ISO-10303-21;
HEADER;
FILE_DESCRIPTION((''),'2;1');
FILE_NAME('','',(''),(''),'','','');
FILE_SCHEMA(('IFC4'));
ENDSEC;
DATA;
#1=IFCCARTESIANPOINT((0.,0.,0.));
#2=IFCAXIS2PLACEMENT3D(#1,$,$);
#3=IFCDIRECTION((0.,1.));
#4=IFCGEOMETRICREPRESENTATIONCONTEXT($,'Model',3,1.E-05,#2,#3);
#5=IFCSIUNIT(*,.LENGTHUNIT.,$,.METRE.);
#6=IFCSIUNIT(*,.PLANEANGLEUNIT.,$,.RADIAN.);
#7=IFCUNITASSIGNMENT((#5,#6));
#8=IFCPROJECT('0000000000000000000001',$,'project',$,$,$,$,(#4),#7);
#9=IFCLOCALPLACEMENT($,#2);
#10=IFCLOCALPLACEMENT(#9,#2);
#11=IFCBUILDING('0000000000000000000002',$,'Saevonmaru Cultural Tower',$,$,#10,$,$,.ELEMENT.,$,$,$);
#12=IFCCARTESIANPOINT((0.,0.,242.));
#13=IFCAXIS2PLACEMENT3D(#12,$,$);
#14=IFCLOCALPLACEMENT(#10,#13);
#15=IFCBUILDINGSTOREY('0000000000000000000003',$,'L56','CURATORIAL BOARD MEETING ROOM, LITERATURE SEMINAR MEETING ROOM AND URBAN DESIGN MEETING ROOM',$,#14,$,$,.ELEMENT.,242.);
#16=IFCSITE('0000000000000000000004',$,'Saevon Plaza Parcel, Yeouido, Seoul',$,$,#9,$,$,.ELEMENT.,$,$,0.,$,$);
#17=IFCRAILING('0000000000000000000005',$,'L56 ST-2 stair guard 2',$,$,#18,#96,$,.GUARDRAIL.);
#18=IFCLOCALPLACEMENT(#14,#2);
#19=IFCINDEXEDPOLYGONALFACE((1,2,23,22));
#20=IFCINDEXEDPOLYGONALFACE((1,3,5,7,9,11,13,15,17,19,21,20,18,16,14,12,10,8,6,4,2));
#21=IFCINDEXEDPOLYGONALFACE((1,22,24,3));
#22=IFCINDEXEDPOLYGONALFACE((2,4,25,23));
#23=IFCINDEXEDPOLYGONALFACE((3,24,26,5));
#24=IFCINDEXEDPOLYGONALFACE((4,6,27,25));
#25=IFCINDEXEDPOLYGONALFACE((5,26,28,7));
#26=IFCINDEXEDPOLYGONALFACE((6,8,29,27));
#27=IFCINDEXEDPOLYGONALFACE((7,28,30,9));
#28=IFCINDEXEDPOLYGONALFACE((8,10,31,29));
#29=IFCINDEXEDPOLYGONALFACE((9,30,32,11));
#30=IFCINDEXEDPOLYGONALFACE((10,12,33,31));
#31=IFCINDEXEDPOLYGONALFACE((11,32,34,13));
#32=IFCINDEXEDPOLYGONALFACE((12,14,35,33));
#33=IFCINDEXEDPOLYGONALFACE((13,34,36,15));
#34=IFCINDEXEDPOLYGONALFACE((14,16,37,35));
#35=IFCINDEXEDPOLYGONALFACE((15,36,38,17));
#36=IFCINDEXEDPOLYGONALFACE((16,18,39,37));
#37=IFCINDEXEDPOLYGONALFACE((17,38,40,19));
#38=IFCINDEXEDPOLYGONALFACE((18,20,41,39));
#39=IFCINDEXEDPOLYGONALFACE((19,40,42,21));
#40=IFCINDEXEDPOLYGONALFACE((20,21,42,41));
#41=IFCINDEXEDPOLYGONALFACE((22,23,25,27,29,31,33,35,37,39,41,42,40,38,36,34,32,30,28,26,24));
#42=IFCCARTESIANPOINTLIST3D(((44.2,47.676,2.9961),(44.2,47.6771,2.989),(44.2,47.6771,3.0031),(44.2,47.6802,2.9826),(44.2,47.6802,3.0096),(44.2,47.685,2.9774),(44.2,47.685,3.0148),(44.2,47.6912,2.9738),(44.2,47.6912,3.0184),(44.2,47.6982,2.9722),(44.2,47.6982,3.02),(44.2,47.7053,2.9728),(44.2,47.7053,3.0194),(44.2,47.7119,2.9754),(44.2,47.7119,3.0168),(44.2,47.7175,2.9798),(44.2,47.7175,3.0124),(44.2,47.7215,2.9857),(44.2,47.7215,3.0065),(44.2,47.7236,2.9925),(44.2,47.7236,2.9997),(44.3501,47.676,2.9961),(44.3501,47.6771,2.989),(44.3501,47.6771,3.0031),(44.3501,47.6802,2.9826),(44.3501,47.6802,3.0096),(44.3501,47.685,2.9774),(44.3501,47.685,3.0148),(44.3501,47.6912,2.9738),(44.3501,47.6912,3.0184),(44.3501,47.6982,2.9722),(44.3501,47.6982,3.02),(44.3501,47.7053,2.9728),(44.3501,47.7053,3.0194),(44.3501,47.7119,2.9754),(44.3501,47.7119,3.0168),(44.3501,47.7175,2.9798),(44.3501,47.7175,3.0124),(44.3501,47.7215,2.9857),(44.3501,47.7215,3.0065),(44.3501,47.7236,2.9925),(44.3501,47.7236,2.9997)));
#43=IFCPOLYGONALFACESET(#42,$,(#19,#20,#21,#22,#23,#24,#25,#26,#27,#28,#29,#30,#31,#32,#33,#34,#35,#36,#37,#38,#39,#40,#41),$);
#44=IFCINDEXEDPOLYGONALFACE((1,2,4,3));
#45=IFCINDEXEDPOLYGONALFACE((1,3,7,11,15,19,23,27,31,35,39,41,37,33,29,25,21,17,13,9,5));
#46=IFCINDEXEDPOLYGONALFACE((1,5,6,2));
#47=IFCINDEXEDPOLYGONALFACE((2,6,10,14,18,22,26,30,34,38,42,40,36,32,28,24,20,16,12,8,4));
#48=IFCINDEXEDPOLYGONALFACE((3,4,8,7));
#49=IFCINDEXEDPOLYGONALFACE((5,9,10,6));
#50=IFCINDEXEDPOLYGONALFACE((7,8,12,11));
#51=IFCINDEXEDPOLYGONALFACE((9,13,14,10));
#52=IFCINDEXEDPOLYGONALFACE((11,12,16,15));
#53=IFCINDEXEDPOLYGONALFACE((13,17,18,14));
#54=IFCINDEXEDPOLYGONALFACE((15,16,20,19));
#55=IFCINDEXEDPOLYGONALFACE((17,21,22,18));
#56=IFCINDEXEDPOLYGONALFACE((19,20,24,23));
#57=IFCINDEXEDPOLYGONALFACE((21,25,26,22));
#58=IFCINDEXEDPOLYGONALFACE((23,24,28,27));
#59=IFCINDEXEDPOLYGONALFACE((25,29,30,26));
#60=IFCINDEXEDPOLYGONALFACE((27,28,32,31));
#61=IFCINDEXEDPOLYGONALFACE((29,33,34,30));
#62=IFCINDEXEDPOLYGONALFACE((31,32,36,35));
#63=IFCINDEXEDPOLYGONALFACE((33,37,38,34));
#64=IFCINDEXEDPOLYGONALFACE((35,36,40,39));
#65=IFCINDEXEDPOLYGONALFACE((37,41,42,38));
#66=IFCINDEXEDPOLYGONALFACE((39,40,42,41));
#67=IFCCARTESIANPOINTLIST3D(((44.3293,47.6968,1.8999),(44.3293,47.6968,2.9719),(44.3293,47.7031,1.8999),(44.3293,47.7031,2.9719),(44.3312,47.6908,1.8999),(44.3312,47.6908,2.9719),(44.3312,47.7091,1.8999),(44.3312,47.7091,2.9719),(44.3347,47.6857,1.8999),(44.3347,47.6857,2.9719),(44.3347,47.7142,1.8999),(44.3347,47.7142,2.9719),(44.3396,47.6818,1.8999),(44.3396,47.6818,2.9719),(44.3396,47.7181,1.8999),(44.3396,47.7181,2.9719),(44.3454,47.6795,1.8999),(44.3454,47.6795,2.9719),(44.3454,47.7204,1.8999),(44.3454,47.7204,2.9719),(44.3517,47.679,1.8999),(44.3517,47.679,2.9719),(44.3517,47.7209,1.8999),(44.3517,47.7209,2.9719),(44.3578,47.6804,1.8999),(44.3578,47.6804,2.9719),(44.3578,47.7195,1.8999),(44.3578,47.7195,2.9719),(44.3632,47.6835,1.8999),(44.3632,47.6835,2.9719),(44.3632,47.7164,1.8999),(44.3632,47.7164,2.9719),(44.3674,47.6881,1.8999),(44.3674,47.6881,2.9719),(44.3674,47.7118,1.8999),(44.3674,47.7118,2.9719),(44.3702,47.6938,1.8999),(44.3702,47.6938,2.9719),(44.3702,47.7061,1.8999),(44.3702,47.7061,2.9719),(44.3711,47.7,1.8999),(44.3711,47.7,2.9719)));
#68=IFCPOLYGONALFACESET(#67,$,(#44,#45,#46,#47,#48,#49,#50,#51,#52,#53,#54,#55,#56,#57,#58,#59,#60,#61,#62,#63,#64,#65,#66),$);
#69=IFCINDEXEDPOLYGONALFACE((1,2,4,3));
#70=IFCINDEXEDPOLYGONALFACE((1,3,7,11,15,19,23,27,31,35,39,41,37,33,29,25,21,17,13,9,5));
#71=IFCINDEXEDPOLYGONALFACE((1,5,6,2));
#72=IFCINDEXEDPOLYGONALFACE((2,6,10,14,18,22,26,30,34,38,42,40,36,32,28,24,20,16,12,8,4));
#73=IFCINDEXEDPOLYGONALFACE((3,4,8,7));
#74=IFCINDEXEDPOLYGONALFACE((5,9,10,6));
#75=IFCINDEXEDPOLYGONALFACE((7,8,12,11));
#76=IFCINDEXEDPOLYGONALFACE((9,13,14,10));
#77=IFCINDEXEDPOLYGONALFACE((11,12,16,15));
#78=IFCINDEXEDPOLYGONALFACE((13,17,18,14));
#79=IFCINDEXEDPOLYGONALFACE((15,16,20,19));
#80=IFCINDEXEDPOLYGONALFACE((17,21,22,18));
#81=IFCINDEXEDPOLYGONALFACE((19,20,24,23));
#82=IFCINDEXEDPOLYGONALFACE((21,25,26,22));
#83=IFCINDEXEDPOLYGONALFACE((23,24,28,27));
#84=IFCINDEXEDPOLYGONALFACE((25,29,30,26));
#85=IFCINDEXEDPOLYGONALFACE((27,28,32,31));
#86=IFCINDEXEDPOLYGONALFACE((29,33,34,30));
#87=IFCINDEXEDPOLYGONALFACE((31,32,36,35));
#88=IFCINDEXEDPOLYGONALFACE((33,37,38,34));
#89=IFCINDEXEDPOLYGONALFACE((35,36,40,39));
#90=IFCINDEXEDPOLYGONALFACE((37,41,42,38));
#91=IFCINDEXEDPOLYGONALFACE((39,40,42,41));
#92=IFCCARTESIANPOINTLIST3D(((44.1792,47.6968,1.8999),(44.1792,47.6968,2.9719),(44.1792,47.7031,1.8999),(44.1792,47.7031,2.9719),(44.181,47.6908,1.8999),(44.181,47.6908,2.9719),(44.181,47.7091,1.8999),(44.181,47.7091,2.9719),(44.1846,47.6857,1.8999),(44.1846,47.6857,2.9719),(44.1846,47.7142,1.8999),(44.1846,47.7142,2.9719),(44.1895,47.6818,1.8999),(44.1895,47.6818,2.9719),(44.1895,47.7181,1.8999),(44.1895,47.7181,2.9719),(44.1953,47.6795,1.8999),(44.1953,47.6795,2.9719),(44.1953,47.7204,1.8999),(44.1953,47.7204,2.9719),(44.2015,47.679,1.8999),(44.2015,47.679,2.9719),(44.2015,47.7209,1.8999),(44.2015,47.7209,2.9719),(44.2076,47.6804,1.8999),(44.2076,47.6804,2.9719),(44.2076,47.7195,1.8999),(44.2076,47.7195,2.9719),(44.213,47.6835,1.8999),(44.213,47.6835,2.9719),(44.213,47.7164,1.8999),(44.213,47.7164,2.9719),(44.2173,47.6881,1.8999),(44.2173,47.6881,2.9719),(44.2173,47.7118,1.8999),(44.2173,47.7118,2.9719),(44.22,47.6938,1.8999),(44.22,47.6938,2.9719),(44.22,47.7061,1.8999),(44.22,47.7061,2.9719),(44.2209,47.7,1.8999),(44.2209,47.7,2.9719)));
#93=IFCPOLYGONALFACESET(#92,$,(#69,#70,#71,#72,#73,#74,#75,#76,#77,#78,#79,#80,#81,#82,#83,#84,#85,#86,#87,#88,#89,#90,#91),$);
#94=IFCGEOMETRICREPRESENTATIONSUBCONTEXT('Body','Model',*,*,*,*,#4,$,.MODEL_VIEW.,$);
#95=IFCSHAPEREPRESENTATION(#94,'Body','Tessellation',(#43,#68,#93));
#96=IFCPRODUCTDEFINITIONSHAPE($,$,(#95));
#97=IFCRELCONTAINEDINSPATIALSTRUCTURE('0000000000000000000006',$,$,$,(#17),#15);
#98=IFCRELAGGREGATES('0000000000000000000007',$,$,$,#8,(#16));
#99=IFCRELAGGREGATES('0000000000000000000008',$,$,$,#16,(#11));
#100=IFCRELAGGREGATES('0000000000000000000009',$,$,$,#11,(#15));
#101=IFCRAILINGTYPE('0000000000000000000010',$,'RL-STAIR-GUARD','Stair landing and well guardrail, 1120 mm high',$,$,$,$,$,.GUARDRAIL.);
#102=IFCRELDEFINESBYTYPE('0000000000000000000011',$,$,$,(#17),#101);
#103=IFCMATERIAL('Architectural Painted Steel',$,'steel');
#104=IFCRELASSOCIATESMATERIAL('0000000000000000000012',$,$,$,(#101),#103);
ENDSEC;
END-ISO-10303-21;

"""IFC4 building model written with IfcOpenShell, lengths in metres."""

from ifc_helpers import new_model, si_unit, direction, frame, origin, origin_2d, place, context, subcontext, project, spatial, circle, extrude, material, type_object, element, save


model = new_model("IFC4")

# Units and contexts
model_context = context("Model", 3, precision=1e-05, world=origin(), true_north=direction((0.0, 1.0)))
body_context = subcontext(model_context, "Body", "Model", "MODEL_VIEW")
ifc_project = project(units=[si_unit("LENGTHUNIT", "METRE"), si_unit("PLANEANGLEUNIT", "RADIAN")], contexts=[model_context])

# Site, building, storey
site_placement = place(None, origin())
site = spatial("IfcSite", under=ifc_project, at=site_placement, Name="Saevon Plaza Parcel, Yeouido, Seoul", CompositionType="ELEMENT", RefElevation=0.0)
building_placement = place(site_placement, origin())
building = spatial("IfcBuilding", under=site, at=building_placement, Name="Saevonmaru Cultural Tower", CompositionType="ELEMENT")
storey_placement = place(building_placement, frame((0.0, 0.0, 242.0)))
storey = spatial("IfcBuildingStorey", under=building, at=storey_placement, Name="L56", Description="CURATORIAL BOARD MEETING ROOM, LITERATURE SEMINAR MEETING ROOM AND URBAN DESIGN MEETING ROOM", CompositionType="ELEMENT", Elevation=242.0)

# Railing
ifc_material_1 = material(Name="Architectural Painted Steel", Category="steel")
railing_type_1 = type_object("IfcRailingType", Name="RL-STAIR-GUARD", Description="Stair landing and well guardrail, 1120 mm high", PredefinedType="GUARDRAIL", material=ifc_material_1)
railing_1_placement = place(storey_placement, frame((44.3501, 47.7, 1.8999)))
element("IfcRailing", 1, at=railing_1_placement, inside=storey, type_object=railing_type_1, Name="L56 ST-2 stair guard 2", PredefinedType="GUARDRAIL", context=body_context, shape_type="SweptSolid", body=[
    extrude(circle(Radius=0.0239, at=origin_2d()), frame((0.0, 0.0, 1.0962), z_axis=(-1.0, 0.0, 0.0), x_axis=(0.0, -1.0, 0.0)), (0.0, 0.0, 1.0), 0.1501),
    extrude(circle(Radius=0.021, at=origin_2d()), origin(), (0.0, 0.0, 1.0), 1.072),
    extrude(circle(Radius=0.021, at=origin_2d()), frame((-0.1501, 0.0, 0.0)), (0.0, 0.0, 1.0), 1.072),
])

save(model, "model.ifc")
